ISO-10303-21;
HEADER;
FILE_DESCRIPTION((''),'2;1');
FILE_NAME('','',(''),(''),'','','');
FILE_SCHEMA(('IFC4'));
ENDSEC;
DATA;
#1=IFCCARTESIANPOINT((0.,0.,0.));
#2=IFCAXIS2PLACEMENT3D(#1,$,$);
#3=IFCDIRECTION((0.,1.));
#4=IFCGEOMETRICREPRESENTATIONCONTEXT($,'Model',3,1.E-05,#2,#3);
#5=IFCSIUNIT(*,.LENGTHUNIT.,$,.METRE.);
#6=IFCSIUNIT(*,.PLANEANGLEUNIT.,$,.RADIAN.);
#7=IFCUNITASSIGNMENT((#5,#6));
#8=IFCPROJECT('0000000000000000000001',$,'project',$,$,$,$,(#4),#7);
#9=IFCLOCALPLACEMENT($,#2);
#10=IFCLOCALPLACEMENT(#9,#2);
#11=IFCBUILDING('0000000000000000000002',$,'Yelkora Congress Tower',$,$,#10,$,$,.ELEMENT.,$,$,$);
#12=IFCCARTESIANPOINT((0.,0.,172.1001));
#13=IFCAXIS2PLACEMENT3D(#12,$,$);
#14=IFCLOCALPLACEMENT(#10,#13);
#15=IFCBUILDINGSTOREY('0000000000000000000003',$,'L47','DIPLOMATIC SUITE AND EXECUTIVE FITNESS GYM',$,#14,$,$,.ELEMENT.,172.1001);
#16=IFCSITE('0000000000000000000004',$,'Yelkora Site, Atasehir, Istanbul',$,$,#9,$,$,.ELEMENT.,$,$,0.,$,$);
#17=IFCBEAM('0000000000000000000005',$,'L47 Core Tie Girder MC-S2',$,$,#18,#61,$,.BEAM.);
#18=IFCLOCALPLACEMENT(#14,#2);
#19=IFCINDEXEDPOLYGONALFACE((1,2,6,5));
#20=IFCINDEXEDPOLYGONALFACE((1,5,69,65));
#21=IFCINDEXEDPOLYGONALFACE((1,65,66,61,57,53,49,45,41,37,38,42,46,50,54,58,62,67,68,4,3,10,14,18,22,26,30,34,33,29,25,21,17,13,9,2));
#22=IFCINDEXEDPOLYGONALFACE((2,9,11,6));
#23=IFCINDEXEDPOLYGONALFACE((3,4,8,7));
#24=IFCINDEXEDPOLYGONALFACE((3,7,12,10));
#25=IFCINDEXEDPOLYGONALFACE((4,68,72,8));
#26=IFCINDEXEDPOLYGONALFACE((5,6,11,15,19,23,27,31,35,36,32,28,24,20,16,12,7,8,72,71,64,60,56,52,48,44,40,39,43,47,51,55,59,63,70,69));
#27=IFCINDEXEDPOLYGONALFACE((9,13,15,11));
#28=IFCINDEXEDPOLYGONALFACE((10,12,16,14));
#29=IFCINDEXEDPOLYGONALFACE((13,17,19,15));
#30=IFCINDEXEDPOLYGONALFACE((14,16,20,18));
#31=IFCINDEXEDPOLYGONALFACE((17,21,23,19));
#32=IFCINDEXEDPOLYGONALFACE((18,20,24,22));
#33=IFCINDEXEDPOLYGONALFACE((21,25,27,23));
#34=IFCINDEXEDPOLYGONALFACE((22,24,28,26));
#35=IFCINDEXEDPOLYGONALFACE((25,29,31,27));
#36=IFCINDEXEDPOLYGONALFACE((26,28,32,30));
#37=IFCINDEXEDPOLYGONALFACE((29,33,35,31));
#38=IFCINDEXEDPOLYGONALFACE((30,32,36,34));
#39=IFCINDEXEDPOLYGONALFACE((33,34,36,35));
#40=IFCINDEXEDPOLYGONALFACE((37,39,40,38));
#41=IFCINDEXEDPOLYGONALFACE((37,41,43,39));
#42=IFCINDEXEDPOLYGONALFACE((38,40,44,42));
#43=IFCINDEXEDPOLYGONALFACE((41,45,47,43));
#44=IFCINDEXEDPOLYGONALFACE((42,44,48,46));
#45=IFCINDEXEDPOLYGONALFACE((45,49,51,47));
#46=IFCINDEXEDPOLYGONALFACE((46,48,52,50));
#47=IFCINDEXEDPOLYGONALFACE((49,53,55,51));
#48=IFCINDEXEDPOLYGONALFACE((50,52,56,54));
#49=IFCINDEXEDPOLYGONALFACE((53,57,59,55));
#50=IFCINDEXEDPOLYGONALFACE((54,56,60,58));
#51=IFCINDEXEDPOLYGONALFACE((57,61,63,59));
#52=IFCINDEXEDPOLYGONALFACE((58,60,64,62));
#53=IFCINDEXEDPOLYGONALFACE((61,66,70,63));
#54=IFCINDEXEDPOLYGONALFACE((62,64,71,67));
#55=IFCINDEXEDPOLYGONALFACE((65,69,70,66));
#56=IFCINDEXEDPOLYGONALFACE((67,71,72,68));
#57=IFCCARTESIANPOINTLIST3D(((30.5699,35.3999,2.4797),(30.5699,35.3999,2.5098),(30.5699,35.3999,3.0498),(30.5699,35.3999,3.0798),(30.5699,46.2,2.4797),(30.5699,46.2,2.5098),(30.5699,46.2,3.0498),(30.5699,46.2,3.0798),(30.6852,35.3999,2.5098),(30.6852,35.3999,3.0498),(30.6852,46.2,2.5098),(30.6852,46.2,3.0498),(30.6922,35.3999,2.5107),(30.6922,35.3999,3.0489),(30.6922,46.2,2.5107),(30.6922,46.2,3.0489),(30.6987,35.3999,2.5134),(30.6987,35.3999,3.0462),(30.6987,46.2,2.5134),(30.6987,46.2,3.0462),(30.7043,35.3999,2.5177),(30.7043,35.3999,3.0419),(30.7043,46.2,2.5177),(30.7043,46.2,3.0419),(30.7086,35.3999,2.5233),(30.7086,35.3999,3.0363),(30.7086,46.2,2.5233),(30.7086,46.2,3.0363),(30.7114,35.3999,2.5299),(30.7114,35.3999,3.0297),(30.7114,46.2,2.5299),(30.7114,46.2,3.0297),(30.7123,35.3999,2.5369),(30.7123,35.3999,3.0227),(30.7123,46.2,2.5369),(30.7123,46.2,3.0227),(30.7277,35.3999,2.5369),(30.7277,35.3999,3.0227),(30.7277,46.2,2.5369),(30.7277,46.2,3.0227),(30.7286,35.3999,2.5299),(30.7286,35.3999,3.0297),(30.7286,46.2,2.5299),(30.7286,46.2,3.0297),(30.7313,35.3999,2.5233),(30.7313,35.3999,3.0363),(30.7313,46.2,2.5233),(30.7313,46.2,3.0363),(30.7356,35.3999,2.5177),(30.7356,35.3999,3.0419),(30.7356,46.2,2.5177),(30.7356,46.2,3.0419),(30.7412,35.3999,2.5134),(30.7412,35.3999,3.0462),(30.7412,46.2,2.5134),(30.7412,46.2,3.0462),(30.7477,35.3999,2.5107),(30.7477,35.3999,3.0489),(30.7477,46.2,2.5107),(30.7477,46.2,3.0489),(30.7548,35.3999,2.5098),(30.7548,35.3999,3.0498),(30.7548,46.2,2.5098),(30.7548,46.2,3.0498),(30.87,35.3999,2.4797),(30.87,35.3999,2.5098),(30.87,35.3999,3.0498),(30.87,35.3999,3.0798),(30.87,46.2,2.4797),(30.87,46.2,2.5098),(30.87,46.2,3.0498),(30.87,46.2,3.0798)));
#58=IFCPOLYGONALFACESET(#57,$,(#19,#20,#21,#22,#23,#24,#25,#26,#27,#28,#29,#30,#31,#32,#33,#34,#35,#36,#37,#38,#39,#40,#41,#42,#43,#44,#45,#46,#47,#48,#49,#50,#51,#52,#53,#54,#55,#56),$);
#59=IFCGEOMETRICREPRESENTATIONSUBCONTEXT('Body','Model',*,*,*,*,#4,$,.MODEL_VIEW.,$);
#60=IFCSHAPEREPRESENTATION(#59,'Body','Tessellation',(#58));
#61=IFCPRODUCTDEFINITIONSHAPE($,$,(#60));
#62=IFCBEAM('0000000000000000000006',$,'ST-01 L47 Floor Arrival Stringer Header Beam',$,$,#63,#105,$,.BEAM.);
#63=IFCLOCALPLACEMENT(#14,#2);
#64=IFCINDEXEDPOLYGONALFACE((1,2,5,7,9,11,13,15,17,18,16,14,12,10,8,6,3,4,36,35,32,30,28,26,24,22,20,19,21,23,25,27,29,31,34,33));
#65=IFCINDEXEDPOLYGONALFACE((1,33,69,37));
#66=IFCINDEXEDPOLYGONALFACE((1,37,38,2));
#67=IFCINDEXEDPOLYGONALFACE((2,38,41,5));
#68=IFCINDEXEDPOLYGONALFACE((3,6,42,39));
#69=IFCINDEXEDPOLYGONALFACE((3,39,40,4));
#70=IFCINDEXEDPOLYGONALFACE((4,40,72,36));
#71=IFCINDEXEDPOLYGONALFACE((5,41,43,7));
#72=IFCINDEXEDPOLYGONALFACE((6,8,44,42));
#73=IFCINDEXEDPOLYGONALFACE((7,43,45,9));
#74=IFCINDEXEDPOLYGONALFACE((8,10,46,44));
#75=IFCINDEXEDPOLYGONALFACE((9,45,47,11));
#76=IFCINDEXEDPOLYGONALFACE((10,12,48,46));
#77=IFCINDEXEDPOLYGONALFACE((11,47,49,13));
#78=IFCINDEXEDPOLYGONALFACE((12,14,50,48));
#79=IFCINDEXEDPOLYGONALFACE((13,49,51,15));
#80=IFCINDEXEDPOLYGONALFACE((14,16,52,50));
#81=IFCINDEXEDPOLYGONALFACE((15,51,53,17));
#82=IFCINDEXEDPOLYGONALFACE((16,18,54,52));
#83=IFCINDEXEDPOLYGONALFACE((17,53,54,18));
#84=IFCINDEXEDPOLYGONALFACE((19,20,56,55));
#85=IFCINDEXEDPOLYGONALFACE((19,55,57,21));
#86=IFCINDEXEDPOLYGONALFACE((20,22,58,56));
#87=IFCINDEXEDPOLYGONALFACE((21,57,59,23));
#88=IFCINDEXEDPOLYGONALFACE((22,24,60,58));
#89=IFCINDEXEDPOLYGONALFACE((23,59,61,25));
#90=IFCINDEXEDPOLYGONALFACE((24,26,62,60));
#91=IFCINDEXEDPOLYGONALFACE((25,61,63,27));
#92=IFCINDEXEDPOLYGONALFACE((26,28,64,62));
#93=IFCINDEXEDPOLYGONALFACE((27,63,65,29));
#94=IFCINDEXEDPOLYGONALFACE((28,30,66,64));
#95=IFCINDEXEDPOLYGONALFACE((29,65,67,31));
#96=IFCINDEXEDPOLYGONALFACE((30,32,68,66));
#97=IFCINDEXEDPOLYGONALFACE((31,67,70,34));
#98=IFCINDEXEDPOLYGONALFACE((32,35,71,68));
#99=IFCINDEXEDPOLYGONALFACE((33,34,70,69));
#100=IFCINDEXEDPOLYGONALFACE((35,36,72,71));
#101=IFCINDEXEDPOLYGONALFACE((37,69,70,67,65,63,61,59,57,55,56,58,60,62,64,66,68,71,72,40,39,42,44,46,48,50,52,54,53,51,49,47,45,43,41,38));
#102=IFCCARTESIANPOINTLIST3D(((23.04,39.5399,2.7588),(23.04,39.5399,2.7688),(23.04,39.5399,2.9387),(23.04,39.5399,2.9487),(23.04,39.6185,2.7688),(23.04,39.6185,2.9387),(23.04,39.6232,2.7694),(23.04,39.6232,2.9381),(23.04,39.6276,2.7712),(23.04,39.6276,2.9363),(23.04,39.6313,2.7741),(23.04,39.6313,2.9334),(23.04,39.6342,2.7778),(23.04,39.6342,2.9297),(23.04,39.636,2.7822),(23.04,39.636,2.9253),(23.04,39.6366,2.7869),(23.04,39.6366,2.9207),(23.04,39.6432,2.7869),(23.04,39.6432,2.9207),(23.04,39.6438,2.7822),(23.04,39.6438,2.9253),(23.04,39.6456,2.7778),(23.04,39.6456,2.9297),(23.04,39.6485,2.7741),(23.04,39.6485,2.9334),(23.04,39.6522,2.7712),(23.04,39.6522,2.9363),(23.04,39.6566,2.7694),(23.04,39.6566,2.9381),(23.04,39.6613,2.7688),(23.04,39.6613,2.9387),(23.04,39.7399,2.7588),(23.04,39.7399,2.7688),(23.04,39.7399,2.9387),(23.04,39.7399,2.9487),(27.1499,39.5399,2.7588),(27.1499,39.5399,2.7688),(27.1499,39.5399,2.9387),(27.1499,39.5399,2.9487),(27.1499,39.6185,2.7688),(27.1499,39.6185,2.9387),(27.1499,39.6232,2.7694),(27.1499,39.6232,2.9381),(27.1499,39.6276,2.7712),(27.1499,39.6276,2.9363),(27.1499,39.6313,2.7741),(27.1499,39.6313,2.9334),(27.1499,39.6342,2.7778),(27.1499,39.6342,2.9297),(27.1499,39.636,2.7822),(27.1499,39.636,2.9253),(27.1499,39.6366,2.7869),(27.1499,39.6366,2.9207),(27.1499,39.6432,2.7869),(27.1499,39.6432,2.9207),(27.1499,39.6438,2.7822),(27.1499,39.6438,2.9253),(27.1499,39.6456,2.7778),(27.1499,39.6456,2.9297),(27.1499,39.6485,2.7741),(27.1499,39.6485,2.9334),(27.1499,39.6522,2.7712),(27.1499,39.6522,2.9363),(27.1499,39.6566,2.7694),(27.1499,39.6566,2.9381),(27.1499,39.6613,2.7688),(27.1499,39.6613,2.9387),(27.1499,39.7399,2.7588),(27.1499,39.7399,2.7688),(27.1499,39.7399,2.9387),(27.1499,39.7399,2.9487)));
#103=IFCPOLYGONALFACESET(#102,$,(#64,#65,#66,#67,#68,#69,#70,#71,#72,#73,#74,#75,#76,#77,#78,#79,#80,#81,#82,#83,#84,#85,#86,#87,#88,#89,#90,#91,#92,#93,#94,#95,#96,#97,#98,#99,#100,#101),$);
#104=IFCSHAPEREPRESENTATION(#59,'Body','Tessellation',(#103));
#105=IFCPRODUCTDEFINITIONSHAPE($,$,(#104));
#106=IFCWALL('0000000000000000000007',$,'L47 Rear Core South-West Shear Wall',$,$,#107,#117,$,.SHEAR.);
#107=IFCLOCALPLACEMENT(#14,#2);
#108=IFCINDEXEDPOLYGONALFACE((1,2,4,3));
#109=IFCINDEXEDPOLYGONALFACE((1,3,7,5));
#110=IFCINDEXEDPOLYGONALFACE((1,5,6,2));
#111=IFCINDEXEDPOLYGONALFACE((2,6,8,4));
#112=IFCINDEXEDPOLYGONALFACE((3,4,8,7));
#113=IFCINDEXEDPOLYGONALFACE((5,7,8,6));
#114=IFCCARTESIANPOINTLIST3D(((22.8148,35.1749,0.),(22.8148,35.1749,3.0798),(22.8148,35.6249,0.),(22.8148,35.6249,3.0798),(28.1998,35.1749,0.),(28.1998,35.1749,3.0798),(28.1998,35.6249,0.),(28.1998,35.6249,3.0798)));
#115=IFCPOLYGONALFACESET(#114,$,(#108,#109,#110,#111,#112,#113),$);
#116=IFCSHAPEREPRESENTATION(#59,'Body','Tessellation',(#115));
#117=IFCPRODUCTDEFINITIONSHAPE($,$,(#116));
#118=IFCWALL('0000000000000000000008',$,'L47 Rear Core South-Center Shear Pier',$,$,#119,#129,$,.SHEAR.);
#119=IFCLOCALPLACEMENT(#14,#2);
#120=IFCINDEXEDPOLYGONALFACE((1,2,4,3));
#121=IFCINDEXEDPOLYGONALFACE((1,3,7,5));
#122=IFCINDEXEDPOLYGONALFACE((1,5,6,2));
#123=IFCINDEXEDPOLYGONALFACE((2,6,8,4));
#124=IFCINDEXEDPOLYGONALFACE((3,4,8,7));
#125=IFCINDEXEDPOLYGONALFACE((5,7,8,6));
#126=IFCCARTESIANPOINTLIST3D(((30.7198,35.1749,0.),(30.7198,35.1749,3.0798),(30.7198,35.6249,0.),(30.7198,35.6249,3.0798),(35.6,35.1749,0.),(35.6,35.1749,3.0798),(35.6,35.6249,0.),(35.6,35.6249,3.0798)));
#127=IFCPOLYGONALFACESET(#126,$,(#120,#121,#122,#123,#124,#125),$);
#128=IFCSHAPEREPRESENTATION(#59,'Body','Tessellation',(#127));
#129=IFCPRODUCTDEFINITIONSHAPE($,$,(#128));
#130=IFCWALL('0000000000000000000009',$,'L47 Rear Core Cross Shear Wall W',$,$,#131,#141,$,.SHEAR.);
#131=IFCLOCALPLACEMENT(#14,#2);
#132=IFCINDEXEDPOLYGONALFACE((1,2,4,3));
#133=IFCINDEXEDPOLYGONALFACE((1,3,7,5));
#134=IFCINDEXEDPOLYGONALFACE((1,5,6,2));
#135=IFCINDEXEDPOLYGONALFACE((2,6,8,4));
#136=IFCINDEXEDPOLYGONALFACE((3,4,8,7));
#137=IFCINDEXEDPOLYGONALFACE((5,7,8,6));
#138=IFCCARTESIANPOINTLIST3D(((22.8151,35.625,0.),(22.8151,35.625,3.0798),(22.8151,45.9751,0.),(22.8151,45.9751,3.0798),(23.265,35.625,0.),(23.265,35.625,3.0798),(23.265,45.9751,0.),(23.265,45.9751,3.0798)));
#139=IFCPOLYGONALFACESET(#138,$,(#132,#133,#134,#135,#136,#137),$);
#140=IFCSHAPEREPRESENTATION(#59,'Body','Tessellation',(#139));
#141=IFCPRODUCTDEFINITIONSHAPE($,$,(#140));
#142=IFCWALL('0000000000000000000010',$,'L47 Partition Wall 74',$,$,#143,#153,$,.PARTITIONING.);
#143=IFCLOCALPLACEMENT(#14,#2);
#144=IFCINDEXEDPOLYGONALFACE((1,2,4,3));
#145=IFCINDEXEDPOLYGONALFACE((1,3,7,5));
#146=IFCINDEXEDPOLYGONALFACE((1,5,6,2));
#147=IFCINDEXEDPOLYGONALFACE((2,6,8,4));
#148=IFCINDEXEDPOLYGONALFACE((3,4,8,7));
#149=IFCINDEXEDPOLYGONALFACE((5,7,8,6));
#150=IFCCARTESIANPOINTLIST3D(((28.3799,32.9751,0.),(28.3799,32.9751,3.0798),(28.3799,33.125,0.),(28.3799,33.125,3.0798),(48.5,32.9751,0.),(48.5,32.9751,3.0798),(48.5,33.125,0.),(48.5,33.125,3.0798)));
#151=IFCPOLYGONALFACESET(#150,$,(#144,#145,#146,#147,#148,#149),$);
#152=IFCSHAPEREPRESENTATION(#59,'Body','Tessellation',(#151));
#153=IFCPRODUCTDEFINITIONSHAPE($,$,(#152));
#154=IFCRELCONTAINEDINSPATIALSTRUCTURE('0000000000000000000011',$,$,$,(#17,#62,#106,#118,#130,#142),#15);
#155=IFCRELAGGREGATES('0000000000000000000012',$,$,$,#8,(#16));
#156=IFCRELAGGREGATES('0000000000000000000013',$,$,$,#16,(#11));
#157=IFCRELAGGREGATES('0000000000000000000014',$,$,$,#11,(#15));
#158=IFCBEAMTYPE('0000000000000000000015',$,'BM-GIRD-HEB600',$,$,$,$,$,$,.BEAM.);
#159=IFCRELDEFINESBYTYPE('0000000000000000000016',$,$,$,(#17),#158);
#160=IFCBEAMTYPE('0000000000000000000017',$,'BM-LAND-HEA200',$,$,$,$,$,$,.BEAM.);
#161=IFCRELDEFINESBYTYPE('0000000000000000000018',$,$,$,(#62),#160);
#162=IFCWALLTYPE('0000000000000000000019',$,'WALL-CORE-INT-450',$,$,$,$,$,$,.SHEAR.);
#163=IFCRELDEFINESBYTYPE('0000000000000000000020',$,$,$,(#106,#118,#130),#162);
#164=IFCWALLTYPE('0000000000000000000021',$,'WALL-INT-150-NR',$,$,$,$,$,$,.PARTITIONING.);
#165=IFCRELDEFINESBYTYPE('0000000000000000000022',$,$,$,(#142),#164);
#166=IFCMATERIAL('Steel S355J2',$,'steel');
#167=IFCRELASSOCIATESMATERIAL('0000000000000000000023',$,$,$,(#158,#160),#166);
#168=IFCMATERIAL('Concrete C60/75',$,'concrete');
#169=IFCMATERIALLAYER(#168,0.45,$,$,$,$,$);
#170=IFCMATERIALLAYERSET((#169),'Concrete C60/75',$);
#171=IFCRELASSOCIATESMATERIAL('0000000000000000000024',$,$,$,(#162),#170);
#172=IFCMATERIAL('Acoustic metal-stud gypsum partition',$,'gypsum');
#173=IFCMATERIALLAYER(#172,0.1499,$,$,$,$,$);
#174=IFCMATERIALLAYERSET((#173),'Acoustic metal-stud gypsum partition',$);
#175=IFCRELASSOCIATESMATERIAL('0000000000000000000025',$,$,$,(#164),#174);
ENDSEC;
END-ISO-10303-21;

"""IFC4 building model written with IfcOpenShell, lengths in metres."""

from ifc_helpers import new_model, si_unit, direction, frame, frame_2d, origin, origin_2d, place, context, subcontext, project, spatial, rectangle, i_section, extrude, material, layer, layer_set, material_profile, profile_set, type_object, element, save


model = new_model("IFC4")

# Units and contexts
model_context = context("Model", 3, precision=1e-05, world=origin(), true_north=direction((0.0, 1.0)))
body_context = subcontext(model_context, "Body", "Model", "MODEL_VIEW")
ifc_project = project(units=[si_unit("LENGTHUNIT", "METRE"), si_unit("PLANEANGLEUNIT", "RADIAN")], contexts=[model_context])

# Site, building, storey
site_placement = place(None, origin())
site = spatial("IfcSite", under=ifc_project, at=site_placement, Name="Yelkora Site, Atasehir, Istanbul", CompositionType="ELEMENT", RefElevation=0.0)
building_placement = place(site_placement, origin())
building = spatial("IfcBuilding", under=site, at=building_placement, Name="Yelkora Congress Tower", CompositionType="ELEMENT")
storey_placement = place(building_placement, frame((0.0, 0.0, 172.1001)))
storey = spatial("IfcBuildingStorey", under=building, at=storey_placement, Name="L47", Description="DIPLOMATIC SUITE AND EXECUTIVE FITNESS GYM", CompositionType="ELEMENT", Elevation=172.1001)

# Beams
ifc_material_1 = material(Name="Steel S355J2", Category="steel")
ifc_material_profile_1 = material_profile(ifc_material_1, i_section(OverallWidth=0.3, OverallDepth=0.6001, WebThickness=0.0154, FlangeThickness=0.03, FilletRadius=0.0271, at=origin_2d()), Name="HEB 600")
ifc_profile_set_1 = profile_set([ifc_material_profile_1], Name="Steel S355J2")
beam_type_1 = type_object("IfcBeamType", Name="BM-GIRD-HEB600", PredefinedType="BEAM", material=ifc_profile_set_1)
beam_1_placement = place(storey_placement, frame((30.72, 35.3999, 2.7798), z_axis=(0.0, 1.0, 0.0), x_axis=(-1.0, 0.0, 0.0)))
element("IfcBeam", 1, at=beam_1_placement, inside=storey, type_object=beam_type_1, Name="L47 Core Tie Girder MC-S2", PredefinedType="BEAM", context=body_context, shape_type="SweptSolid", body=[
    extrude(i_section(OverallWidth=0.3, OverallDepth=0.6001, WebThickness=0.0154, FlangeThickness=0.03, FilletRadius=0.0271, at=origin_2d()), origin(), (0.0, 0.0, 1.0), 10.8),
])
ifc_material_profile_2 = material_profile(ifc_material_1, i_section(OverallWidth=0.2, OverallDepth=0.1899, WebThickness=0.0066, FlangeThickness=0.01, FilletRadius=0.0181, at=origin_2d()), Name="HEA 200")
ifc_profile_set_2 = profile_set([ifc_material_profile_2], Name="Steel S355J2")
beam_type_2 = type_object("IfcBeamType", Name="BM-LAND-HEA200", PredefinedType="BEAM", material=ifc_profile_set_2)
beam_2_placement = place(storey_placement, frame((23.04, 39.6399, 2.8538), z_axis=(1.0, 0.0, 0.0), x_axis=(0.0, 1.0, 0.0)))
element("IfcBeam", 2, at=beam_2_placement, inside=storey, type_object=beam_type_2, Name="ST-01 L47 Floor Arrival Stringer Header Beam", PredefinedType="BEAM", context=body_context, shape_type="SweptSolid", body=[
    extrude(i_section(OverallWidth=0.2, OverallDepth=0.1899, WebThickness=0.0066, FlangeThickness=0.01, FilletRadius=0.0181, at=origin_2d()), origin(), (0.0, 0.0, 1.0), 4.1099),
])

# Walls
ifc_material_2 = material(Name="Concrete C60/75", Category="concrete")
ifc_layer_1 = layer(ifc_material_2, 0.45)
ifc_layer_set_1 = layer_set([ifc_layer_1], Name="Concrete C60/75")
wall_type_1 = type_object("IfcWallType", Name="WALL-CORE-INT-450", PredefinedType="SHEAR", material=ifc_layer_set_1)
wall_1_placement = place(storey_placement, frame((22.8149, 35.3999, 0.0), z_axis=(0.0, 0.0, 1.0), x_axis=(1.0, 0.0, 0.0)))
element("IfcWall", 3, at=wall_1_placement, inside=storey, type_object=wall_type_1, Name="L47 Rear Core South-West Shear Wall", PredefinedType="SHEAR", context=body_context, shape_type="SweptSolid", body=[
    extrude(rectangle(XDim=5.385, YDim=0.45, at=frame_2d((2.6924, 0.0))), origin(), (0.0, 0.0, 1.0), 3.0798),
])
wall_2_placement = place(storey_placement, frame((30.72, 35.3999, 0.0), z_axis=(0.0, 0.0, 1.0), x_axis=(1.0, 0.0, 0.0)))
element("IfcWall", 4, at=wall_2_placement, inside=storey, type_object=wall_type_1, Name="L47 Rear Core South-Center Shear Pier", PredefinedType="SHEAR", context=body_context, shape_type="SweptSolid", body=[
    extrude(rectangle(XDim=4.8801, YDim=0.45, at=frame_2d((2.4399, 0.0))), origin(), (0.0, 0.0, 1.0), 3.0798),
])
wall_3_placement = place(storey_placement, frame((23.04, 35.625, 0.0), z_axis=(0.0, 0.0, 1.0), x_axis=(0.0, 1.0, 0.0)))
element("IfcWall", 5, at=wall_3_placement, inside=storey, type_object=wall_type_1, Name="L47 Rear Core Cross Shear Wall W", PredefinedType="SHEAR", context=body_context, shape_type="SweptSolid", body=[
    extrude(rectangle(XDim=10.3501, YDim=0.45, at=frame_2d((5.175, 0.0))), origin(), (0.0, 0.0, 1.0), 3.0798),
])

# Wall
ifc_material_3 = material(Name="Acoustic metal-stud gypsum partition", Category="gypsum")
ifc_layer_2 = layer(ifc_material_3, 0.1499)
ifc_layer_set_2 = layer_set([ifc_layer_2], Name="Acoustic metal-stud gypsum partition")
wall_type_2 = type_object("IfcWallType", Name="WALL-INT-150-NR", PredefinedType="PARTITIONING", material=ifc_layer_set_2)
wall_4_placement = place(storey_placement, frame((28.3799, 33.05, 0.0), z_axis=(0.0, 0.0, 1.0), x_axis=(1.0, 0.0, 0.0)))
element("IfcWall", 6, at=wall_4_placement, inside=storey, type_object=wall_type_2, Name="L47 Partition Wall 74", PredefinedType="PARTITIONING", context=body_context, shape_type="SweptSolid", body=[
    extrude(rectangle(XDim=20.1201, YDim=0.1499, at=frame_2d((10.0601, 0.0))), origin(), (0.0, 0.0, 1.0), 3.0798),
])

save(model, "model.ifc")
